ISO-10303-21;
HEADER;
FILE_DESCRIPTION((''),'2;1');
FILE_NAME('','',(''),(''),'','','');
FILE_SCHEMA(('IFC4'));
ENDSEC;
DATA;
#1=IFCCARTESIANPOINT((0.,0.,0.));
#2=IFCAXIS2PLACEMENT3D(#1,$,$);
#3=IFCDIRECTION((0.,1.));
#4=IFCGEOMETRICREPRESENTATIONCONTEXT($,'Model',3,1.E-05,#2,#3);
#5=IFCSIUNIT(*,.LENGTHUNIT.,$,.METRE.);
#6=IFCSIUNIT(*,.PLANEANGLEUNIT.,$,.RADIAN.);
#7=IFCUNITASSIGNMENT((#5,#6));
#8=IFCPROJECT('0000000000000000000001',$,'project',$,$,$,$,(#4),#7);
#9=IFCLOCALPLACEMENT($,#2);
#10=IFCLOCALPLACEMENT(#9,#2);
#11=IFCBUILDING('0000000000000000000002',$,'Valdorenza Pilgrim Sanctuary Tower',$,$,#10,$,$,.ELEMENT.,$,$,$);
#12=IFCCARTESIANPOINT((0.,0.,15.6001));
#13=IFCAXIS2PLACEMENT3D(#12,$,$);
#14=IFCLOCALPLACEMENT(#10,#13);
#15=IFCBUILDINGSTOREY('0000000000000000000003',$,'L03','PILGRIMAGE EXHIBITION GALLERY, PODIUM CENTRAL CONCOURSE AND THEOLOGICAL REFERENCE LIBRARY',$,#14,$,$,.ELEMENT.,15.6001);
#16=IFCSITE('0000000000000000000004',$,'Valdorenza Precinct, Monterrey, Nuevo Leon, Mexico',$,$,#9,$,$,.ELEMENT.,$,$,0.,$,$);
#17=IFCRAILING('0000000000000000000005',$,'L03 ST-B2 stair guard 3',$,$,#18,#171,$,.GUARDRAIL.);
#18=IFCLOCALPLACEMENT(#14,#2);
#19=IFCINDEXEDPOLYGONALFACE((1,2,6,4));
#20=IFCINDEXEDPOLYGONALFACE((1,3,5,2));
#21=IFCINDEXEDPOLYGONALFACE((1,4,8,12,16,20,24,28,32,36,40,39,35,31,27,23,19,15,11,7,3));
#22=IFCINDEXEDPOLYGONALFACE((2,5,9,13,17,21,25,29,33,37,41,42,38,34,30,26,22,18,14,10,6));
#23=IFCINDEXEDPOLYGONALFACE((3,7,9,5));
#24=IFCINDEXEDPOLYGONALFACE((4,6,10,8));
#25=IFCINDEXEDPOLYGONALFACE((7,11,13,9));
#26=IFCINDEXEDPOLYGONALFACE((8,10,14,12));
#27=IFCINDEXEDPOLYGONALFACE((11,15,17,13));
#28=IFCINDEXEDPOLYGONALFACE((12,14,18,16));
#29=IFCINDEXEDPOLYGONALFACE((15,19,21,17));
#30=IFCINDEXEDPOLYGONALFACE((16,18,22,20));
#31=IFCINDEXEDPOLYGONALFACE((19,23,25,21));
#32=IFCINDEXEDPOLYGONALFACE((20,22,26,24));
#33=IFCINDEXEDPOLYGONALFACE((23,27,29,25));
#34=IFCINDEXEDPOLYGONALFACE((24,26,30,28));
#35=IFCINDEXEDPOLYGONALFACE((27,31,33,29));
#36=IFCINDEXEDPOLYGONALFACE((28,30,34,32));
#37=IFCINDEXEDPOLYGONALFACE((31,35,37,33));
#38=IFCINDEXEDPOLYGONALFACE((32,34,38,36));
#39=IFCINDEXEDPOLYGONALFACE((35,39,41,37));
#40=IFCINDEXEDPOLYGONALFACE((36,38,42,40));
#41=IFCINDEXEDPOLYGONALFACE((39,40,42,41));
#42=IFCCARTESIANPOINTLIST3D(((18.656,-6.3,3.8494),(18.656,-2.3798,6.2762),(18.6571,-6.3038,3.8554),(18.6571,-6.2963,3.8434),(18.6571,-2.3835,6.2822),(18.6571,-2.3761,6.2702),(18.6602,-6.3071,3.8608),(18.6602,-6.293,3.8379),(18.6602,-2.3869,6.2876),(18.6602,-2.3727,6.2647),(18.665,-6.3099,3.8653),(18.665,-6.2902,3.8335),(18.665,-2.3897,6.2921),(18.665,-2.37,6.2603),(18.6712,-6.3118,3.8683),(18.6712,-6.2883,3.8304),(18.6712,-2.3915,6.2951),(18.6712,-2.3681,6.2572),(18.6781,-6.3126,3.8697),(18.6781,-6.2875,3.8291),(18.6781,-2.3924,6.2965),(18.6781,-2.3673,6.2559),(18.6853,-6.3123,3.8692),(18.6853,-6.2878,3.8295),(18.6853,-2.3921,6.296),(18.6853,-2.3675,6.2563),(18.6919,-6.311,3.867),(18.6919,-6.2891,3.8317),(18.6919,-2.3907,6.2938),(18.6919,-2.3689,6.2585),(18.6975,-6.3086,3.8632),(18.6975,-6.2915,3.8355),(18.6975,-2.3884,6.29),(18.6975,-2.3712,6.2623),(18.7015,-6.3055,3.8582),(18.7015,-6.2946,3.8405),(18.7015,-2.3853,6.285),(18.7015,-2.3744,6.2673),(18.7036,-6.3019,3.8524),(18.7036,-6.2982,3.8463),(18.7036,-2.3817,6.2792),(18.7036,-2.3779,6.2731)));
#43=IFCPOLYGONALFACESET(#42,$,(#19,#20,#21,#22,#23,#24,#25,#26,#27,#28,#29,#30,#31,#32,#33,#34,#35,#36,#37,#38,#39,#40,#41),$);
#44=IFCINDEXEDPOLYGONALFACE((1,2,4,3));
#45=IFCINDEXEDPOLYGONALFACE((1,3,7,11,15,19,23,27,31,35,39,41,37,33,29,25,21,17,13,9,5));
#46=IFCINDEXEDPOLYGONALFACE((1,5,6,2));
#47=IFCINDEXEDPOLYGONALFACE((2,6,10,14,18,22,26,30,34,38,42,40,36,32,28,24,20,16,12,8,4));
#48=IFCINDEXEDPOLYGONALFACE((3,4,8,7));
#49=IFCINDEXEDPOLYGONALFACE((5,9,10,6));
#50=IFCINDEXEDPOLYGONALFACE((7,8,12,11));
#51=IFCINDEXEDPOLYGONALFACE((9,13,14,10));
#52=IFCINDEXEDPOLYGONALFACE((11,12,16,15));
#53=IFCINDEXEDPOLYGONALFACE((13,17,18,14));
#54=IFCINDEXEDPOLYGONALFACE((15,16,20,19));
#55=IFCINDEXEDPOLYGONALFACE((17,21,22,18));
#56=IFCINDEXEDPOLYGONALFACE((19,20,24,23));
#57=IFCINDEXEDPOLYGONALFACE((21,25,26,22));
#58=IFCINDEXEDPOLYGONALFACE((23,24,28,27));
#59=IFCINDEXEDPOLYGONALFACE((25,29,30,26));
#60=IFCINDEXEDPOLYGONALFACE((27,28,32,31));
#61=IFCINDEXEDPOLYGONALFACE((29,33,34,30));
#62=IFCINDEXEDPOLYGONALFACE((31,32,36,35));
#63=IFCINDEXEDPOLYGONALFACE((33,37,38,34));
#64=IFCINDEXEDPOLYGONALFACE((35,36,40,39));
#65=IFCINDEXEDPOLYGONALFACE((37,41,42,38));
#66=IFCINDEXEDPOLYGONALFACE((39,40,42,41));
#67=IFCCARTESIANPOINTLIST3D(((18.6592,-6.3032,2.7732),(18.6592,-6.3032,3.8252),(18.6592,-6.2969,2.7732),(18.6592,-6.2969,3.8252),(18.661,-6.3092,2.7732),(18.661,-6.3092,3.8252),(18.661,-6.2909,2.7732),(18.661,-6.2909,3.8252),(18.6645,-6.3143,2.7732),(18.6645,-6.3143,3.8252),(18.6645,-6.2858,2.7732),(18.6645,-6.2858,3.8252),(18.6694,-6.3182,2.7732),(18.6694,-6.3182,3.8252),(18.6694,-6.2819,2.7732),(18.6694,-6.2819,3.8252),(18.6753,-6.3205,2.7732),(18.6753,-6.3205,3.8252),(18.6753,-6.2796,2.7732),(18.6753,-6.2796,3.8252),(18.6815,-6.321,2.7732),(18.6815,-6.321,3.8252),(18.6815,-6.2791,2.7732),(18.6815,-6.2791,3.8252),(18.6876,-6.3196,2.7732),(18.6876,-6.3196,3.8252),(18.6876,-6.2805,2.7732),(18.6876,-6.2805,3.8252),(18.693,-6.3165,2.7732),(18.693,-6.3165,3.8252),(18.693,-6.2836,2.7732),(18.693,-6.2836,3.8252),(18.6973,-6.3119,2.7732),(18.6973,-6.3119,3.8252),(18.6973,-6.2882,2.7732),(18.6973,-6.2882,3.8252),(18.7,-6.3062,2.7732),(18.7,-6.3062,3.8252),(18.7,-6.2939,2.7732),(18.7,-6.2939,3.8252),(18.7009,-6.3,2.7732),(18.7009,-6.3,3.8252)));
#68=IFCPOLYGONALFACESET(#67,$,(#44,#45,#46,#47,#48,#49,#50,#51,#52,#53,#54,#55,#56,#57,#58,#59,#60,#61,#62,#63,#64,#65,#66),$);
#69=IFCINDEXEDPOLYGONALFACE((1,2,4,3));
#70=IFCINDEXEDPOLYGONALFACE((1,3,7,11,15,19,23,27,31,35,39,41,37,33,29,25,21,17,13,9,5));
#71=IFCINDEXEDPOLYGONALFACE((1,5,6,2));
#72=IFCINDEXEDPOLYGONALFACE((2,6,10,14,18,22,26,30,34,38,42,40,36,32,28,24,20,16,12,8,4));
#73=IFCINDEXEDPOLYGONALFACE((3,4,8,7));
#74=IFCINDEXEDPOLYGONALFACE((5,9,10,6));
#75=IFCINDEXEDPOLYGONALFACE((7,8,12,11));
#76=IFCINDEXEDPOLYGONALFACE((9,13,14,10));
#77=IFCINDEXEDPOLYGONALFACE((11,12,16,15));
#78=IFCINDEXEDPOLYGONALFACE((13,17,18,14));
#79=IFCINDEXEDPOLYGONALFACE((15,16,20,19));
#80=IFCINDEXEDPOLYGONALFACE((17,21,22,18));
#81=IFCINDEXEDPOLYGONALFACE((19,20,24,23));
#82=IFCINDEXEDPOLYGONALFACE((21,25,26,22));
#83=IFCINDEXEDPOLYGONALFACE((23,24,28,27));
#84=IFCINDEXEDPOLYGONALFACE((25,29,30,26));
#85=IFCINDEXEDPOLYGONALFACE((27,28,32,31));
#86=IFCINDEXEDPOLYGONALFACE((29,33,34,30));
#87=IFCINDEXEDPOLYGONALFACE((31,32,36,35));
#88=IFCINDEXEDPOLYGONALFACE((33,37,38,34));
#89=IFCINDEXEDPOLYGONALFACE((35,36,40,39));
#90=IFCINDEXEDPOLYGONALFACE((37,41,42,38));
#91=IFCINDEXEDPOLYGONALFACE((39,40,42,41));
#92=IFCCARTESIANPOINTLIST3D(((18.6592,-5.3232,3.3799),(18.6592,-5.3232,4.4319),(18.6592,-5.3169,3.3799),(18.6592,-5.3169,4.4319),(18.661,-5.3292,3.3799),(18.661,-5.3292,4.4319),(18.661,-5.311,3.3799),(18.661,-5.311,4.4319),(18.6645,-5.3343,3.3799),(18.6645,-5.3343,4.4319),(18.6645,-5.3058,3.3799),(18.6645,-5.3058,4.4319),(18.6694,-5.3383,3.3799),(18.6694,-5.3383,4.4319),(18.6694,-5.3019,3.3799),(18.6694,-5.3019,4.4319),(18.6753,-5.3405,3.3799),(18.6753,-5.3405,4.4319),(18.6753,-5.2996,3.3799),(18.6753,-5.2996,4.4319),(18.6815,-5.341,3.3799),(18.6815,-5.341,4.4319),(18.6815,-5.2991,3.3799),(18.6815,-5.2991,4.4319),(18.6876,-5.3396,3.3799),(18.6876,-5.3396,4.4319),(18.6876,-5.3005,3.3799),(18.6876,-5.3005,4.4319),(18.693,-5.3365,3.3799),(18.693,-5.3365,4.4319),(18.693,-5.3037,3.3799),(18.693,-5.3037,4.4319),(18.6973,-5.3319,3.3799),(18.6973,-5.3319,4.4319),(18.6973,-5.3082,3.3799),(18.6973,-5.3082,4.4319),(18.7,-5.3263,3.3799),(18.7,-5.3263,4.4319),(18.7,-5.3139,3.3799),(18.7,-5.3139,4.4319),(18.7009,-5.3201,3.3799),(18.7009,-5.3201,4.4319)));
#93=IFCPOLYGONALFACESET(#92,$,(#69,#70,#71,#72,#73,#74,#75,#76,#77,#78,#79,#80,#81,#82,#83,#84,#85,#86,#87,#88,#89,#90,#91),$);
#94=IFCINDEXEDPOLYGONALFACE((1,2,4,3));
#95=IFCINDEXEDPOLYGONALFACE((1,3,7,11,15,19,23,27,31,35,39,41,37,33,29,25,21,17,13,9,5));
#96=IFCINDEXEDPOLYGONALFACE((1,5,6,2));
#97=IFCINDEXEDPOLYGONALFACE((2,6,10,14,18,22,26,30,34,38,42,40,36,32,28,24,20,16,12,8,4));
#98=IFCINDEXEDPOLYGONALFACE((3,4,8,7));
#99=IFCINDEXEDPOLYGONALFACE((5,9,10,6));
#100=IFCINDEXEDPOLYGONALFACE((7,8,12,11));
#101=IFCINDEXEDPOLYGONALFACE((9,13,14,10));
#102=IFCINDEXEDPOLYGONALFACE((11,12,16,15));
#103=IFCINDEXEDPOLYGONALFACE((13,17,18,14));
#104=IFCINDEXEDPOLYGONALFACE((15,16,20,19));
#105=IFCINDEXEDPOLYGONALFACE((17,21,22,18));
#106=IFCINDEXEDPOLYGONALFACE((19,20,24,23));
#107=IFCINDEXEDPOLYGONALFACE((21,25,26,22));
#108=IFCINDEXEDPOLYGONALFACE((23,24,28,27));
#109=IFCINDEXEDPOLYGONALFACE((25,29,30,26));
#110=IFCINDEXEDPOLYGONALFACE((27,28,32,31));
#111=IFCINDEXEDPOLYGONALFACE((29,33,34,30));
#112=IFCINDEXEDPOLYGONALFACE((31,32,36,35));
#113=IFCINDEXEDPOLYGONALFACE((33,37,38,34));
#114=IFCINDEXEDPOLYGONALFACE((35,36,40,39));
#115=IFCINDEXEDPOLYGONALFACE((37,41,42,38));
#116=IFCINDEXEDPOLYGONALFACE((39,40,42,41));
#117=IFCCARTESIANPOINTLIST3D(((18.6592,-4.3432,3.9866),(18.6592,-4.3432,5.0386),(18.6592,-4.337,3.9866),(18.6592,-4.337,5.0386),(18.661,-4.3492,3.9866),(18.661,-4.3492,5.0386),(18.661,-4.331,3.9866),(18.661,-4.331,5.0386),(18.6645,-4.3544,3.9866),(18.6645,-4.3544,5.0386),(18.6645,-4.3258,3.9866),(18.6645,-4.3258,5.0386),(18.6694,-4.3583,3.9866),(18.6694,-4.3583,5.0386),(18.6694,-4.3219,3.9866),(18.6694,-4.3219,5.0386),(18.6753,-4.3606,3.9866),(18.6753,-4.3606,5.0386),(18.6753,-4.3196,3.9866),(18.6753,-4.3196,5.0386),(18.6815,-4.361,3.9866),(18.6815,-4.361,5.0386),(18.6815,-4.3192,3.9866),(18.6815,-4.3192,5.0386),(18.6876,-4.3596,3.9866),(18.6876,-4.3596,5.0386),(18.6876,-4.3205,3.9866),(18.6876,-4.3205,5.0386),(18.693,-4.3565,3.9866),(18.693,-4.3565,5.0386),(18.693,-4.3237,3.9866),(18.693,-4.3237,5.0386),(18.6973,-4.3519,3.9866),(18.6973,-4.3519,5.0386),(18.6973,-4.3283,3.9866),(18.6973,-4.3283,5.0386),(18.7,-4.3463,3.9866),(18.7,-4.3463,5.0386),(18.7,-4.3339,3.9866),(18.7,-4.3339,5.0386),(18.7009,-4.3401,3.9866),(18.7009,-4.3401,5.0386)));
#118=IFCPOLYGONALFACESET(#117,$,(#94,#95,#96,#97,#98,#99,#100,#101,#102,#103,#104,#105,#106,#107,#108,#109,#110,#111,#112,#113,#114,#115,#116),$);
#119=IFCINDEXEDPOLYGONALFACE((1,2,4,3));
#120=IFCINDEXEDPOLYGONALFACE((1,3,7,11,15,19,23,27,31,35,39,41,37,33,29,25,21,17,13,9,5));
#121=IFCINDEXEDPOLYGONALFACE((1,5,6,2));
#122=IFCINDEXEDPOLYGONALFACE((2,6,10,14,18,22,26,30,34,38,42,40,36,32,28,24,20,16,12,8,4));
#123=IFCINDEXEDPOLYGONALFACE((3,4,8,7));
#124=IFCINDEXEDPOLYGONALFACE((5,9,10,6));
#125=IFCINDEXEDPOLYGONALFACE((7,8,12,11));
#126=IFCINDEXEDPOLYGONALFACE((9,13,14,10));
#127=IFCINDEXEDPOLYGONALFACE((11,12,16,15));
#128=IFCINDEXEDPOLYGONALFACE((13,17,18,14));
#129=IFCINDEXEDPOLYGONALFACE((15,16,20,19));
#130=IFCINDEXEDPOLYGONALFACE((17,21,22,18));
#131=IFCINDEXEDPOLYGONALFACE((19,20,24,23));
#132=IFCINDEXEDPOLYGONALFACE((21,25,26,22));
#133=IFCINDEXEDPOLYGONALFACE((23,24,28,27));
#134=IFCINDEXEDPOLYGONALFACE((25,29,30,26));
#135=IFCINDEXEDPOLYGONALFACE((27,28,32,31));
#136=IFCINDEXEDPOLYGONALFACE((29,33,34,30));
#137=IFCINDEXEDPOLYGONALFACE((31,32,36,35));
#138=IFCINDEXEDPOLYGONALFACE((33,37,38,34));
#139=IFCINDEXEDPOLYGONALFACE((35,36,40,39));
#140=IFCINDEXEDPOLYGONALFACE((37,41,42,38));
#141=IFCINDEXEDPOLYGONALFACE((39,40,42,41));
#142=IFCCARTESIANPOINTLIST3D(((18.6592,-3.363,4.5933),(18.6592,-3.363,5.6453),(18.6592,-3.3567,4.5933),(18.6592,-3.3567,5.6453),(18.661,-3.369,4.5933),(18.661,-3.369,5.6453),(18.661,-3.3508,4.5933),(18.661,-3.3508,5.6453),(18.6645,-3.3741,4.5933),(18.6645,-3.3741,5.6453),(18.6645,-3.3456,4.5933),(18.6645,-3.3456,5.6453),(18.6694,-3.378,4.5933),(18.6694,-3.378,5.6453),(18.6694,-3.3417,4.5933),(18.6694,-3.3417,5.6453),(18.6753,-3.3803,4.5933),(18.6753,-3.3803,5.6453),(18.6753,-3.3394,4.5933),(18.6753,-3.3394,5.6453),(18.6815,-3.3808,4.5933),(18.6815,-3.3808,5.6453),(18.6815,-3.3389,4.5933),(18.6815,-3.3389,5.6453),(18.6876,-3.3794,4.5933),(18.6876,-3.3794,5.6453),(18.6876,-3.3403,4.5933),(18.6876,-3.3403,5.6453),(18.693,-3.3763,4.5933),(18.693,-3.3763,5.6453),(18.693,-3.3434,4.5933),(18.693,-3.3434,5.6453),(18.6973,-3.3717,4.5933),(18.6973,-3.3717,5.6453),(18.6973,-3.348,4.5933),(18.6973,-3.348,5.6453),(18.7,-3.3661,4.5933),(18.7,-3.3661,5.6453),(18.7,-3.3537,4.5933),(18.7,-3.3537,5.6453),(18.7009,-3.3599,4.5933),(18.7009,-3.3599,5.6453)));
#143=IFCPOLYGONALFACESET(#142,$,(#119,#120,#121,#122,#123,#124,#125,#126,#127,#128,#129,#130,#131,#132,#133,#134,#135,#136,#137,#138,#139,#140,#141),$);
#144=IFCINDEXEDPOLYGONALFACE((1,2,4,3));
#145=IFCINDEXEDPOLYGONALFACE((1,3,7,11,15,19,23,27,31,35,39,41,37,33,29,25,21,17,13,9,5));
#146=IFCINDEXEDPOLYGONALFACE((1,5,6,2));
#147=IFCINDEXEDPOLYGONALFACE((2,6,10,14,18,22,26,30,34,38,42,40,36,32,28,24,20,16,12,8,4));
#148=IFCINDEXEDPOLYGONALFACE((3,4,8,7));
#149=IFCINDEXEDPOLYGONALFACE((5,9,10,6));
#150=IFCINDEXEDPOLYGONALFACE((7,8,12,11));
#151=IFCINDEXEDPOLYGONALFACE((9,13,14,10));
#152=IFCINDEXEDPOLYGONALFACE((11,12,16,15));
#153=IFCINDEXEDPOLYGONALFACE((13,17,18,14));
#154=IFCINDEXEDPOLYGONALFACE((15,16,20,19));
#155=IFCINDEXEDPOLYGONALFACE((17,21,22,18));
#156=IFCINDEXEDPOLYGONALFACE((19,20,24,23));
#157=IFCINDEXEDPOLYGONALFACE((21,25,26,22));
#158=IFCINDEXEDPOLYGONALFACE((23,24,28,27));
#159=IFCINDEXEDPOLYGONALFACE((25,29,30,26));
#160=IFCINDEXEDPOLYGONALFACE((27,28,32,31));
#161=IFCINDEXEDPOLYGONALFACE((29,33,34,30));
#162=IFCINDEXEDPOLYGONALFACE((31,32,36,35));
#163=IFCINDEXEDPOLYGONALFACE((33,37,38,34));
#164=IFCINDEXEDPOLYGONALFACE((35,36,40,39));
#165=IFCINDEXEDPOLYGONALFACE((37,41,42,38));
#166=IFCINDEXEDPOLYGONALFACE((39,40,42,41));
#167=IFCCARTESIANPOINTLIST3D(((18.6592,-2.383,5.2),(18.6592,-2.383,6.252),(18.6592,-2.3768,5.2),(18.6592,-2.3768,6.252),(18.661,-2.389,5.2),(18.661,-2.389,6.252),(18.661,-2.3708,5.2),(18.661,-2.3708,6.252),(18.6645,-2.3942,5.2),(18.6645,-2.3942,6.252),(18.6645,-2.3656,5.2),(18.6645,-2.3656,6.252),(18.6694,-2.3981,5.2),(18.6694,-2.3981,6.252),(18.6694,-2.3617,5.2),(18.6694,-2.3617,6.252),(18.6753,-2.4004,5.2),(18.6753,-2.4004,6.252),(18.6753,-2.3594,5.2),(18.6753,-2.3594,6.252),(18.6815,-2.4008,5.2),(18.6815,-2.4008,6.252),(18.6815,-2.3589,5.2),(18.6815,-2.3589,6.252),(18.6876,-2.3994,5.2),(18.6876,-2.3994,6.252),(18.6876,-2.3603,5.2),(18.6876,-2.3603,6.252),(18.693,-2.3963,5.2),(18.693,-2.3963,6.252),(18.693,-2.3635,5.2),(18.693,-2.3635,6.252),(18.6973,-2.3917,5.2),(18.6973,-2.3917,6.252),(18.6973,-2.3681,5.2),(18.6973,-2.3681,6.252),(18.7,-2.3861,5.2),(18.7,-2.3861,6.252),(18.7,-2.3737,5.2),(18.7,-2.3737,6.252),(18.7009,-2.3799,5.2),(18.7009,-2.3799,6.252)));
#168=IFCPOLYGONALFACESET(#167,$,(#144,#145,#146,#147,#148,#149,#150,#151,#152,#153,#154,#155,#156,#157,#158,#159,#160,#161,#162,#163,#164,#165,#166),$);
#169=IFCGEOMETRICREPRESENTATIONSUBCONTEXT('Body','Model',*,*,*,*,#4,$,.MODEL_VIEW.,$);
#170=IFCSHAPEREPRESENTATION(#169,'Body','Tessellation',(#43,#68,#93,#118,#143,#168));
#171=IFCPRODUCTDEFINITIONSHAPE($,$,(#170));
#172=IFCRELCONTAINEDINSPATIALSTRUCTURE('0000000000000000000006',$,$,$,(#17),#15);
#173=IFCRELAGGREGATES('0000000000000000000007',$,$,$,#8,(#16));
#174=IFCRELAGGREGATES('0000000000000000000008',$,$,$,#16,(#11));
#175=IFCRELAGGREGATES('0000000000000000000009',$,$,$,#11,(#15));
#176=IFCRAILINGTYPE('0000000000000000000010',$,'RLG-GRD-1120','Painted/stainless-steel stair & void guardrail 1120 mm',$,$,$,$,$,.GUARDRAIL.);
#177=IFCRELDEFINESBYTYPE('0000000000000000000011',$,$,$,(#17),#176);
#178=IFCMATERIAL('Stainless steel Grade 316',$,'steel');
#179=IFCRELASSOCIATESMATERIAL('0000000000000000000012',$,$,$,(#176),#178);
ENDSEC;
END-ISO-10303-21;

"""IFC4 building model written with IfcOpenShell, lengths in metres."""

from ifc_helpers import new_model, si_unit, direction, frame, origin, origin_2d, place, context, subcontext, project, spatial, circle, extrude, material, type_object, element, save


model = new_model("IFC4")

# Units and contexts
model_context = context("Model", 3, precision=1e-05, world=origin(), true_north=direction((0.0, 1.0)))
body_context = subcontext(model_context, "Body", "Model", "MODEL_VIEW")
ifc_project = project(units=[si_unit("LENGTHUNIT", "METRE"), si_unit("PLANEANGLEUNIT", "RADIAN")], contexts=[model_context])

# Site, building, storey
site_placement = place(None, origin())
site = spatial("IfcSite", under=ifc_project, at=site_placement, Name="Valdorenza Precinct, Monterrey, Nuevo Leon, Mexico", CompositionType="ELEMENT", RefElevation=0.0)
building_placement = place(site_placement, origin())
building = spatial("IfcBuilding", under=site, at=building_placement, Name="Valdorenza Pilgrim Sanctuary Tower", CompositionType="ELEMENT")
storey_placement = place(building_placement, frame((0.0, 0.0, 15.6001)))
storey = spatial("IfcBuildingStorey", under=building, at=storey_placement, Name="L03", Description="PILGRIMAGE EXHIBITION GALLERY, PODIUM CENTRAL CONCOURSE AND THEOLOGICAL REFERENCE LIBRARY", CompositionType="ELEMENT", Elevation=15.6001)

# Railing
ifc_material_1 = material(Name="Stainless steel Grade 316", Category="steel")
railing_type_1 = type_object("IfcRailingType", Name="RLG-GRD-1120", Description="Painted/stainless-steel stair & void guardrail 1120 mm", PredefinedType="GUARDRAIL", material=ifc_material_1)
railing_1_placement = place(storey_placement, frame((18.6799, -6.3, 2.7732)))
element("IfcRailing", 1, at=railing_1_placement, inside=storey, type_object=railing_type_1, Name="L03 ST-B2 stair guard 3", PredefinedType="GUARDRAIL", context=body_context, shape_type="SweptSolid", body=[
    extrude(circle(Radius=0.0239, at=origin_2d()), frame((0.0, 0.0, 1.0762), z_axis=(0.0, 0.850266, 0.526353), x_axis=(-1.0, 0.0, 0.0)), (0.0, 0.0, 1.0), 4.6106),
    extrude(circle(Radius=0.021, at=origin_2d()), origin(), (0.0, 0.0, 1.0), 1.052),
    extrude(circle(Radius=0.021, at=origin_2d()), frame((0.0, 0.98, 0.6067)), (0.0, 0.0, 1.0), 1.052),
    extrude(circle(Radius=0.021, at=origin_2d()), frame((0.0, 1.96, 1.2134)), (0.0, 0.0, 1.0), 1.052),
    extrude(circle(Radius=0.021, at=origin_2d()), frame((0.0, 2.9402, 1.8201)), (0.0, 0.0, 1.0), 1.052),
    extrude(circle(Radius=0.021, at=origin_2d()), frame((0.0, 3.9202, 2.4268)), (0.0, 0.0, 1.0), 1.052),
])

save(model, "model.ifc")
